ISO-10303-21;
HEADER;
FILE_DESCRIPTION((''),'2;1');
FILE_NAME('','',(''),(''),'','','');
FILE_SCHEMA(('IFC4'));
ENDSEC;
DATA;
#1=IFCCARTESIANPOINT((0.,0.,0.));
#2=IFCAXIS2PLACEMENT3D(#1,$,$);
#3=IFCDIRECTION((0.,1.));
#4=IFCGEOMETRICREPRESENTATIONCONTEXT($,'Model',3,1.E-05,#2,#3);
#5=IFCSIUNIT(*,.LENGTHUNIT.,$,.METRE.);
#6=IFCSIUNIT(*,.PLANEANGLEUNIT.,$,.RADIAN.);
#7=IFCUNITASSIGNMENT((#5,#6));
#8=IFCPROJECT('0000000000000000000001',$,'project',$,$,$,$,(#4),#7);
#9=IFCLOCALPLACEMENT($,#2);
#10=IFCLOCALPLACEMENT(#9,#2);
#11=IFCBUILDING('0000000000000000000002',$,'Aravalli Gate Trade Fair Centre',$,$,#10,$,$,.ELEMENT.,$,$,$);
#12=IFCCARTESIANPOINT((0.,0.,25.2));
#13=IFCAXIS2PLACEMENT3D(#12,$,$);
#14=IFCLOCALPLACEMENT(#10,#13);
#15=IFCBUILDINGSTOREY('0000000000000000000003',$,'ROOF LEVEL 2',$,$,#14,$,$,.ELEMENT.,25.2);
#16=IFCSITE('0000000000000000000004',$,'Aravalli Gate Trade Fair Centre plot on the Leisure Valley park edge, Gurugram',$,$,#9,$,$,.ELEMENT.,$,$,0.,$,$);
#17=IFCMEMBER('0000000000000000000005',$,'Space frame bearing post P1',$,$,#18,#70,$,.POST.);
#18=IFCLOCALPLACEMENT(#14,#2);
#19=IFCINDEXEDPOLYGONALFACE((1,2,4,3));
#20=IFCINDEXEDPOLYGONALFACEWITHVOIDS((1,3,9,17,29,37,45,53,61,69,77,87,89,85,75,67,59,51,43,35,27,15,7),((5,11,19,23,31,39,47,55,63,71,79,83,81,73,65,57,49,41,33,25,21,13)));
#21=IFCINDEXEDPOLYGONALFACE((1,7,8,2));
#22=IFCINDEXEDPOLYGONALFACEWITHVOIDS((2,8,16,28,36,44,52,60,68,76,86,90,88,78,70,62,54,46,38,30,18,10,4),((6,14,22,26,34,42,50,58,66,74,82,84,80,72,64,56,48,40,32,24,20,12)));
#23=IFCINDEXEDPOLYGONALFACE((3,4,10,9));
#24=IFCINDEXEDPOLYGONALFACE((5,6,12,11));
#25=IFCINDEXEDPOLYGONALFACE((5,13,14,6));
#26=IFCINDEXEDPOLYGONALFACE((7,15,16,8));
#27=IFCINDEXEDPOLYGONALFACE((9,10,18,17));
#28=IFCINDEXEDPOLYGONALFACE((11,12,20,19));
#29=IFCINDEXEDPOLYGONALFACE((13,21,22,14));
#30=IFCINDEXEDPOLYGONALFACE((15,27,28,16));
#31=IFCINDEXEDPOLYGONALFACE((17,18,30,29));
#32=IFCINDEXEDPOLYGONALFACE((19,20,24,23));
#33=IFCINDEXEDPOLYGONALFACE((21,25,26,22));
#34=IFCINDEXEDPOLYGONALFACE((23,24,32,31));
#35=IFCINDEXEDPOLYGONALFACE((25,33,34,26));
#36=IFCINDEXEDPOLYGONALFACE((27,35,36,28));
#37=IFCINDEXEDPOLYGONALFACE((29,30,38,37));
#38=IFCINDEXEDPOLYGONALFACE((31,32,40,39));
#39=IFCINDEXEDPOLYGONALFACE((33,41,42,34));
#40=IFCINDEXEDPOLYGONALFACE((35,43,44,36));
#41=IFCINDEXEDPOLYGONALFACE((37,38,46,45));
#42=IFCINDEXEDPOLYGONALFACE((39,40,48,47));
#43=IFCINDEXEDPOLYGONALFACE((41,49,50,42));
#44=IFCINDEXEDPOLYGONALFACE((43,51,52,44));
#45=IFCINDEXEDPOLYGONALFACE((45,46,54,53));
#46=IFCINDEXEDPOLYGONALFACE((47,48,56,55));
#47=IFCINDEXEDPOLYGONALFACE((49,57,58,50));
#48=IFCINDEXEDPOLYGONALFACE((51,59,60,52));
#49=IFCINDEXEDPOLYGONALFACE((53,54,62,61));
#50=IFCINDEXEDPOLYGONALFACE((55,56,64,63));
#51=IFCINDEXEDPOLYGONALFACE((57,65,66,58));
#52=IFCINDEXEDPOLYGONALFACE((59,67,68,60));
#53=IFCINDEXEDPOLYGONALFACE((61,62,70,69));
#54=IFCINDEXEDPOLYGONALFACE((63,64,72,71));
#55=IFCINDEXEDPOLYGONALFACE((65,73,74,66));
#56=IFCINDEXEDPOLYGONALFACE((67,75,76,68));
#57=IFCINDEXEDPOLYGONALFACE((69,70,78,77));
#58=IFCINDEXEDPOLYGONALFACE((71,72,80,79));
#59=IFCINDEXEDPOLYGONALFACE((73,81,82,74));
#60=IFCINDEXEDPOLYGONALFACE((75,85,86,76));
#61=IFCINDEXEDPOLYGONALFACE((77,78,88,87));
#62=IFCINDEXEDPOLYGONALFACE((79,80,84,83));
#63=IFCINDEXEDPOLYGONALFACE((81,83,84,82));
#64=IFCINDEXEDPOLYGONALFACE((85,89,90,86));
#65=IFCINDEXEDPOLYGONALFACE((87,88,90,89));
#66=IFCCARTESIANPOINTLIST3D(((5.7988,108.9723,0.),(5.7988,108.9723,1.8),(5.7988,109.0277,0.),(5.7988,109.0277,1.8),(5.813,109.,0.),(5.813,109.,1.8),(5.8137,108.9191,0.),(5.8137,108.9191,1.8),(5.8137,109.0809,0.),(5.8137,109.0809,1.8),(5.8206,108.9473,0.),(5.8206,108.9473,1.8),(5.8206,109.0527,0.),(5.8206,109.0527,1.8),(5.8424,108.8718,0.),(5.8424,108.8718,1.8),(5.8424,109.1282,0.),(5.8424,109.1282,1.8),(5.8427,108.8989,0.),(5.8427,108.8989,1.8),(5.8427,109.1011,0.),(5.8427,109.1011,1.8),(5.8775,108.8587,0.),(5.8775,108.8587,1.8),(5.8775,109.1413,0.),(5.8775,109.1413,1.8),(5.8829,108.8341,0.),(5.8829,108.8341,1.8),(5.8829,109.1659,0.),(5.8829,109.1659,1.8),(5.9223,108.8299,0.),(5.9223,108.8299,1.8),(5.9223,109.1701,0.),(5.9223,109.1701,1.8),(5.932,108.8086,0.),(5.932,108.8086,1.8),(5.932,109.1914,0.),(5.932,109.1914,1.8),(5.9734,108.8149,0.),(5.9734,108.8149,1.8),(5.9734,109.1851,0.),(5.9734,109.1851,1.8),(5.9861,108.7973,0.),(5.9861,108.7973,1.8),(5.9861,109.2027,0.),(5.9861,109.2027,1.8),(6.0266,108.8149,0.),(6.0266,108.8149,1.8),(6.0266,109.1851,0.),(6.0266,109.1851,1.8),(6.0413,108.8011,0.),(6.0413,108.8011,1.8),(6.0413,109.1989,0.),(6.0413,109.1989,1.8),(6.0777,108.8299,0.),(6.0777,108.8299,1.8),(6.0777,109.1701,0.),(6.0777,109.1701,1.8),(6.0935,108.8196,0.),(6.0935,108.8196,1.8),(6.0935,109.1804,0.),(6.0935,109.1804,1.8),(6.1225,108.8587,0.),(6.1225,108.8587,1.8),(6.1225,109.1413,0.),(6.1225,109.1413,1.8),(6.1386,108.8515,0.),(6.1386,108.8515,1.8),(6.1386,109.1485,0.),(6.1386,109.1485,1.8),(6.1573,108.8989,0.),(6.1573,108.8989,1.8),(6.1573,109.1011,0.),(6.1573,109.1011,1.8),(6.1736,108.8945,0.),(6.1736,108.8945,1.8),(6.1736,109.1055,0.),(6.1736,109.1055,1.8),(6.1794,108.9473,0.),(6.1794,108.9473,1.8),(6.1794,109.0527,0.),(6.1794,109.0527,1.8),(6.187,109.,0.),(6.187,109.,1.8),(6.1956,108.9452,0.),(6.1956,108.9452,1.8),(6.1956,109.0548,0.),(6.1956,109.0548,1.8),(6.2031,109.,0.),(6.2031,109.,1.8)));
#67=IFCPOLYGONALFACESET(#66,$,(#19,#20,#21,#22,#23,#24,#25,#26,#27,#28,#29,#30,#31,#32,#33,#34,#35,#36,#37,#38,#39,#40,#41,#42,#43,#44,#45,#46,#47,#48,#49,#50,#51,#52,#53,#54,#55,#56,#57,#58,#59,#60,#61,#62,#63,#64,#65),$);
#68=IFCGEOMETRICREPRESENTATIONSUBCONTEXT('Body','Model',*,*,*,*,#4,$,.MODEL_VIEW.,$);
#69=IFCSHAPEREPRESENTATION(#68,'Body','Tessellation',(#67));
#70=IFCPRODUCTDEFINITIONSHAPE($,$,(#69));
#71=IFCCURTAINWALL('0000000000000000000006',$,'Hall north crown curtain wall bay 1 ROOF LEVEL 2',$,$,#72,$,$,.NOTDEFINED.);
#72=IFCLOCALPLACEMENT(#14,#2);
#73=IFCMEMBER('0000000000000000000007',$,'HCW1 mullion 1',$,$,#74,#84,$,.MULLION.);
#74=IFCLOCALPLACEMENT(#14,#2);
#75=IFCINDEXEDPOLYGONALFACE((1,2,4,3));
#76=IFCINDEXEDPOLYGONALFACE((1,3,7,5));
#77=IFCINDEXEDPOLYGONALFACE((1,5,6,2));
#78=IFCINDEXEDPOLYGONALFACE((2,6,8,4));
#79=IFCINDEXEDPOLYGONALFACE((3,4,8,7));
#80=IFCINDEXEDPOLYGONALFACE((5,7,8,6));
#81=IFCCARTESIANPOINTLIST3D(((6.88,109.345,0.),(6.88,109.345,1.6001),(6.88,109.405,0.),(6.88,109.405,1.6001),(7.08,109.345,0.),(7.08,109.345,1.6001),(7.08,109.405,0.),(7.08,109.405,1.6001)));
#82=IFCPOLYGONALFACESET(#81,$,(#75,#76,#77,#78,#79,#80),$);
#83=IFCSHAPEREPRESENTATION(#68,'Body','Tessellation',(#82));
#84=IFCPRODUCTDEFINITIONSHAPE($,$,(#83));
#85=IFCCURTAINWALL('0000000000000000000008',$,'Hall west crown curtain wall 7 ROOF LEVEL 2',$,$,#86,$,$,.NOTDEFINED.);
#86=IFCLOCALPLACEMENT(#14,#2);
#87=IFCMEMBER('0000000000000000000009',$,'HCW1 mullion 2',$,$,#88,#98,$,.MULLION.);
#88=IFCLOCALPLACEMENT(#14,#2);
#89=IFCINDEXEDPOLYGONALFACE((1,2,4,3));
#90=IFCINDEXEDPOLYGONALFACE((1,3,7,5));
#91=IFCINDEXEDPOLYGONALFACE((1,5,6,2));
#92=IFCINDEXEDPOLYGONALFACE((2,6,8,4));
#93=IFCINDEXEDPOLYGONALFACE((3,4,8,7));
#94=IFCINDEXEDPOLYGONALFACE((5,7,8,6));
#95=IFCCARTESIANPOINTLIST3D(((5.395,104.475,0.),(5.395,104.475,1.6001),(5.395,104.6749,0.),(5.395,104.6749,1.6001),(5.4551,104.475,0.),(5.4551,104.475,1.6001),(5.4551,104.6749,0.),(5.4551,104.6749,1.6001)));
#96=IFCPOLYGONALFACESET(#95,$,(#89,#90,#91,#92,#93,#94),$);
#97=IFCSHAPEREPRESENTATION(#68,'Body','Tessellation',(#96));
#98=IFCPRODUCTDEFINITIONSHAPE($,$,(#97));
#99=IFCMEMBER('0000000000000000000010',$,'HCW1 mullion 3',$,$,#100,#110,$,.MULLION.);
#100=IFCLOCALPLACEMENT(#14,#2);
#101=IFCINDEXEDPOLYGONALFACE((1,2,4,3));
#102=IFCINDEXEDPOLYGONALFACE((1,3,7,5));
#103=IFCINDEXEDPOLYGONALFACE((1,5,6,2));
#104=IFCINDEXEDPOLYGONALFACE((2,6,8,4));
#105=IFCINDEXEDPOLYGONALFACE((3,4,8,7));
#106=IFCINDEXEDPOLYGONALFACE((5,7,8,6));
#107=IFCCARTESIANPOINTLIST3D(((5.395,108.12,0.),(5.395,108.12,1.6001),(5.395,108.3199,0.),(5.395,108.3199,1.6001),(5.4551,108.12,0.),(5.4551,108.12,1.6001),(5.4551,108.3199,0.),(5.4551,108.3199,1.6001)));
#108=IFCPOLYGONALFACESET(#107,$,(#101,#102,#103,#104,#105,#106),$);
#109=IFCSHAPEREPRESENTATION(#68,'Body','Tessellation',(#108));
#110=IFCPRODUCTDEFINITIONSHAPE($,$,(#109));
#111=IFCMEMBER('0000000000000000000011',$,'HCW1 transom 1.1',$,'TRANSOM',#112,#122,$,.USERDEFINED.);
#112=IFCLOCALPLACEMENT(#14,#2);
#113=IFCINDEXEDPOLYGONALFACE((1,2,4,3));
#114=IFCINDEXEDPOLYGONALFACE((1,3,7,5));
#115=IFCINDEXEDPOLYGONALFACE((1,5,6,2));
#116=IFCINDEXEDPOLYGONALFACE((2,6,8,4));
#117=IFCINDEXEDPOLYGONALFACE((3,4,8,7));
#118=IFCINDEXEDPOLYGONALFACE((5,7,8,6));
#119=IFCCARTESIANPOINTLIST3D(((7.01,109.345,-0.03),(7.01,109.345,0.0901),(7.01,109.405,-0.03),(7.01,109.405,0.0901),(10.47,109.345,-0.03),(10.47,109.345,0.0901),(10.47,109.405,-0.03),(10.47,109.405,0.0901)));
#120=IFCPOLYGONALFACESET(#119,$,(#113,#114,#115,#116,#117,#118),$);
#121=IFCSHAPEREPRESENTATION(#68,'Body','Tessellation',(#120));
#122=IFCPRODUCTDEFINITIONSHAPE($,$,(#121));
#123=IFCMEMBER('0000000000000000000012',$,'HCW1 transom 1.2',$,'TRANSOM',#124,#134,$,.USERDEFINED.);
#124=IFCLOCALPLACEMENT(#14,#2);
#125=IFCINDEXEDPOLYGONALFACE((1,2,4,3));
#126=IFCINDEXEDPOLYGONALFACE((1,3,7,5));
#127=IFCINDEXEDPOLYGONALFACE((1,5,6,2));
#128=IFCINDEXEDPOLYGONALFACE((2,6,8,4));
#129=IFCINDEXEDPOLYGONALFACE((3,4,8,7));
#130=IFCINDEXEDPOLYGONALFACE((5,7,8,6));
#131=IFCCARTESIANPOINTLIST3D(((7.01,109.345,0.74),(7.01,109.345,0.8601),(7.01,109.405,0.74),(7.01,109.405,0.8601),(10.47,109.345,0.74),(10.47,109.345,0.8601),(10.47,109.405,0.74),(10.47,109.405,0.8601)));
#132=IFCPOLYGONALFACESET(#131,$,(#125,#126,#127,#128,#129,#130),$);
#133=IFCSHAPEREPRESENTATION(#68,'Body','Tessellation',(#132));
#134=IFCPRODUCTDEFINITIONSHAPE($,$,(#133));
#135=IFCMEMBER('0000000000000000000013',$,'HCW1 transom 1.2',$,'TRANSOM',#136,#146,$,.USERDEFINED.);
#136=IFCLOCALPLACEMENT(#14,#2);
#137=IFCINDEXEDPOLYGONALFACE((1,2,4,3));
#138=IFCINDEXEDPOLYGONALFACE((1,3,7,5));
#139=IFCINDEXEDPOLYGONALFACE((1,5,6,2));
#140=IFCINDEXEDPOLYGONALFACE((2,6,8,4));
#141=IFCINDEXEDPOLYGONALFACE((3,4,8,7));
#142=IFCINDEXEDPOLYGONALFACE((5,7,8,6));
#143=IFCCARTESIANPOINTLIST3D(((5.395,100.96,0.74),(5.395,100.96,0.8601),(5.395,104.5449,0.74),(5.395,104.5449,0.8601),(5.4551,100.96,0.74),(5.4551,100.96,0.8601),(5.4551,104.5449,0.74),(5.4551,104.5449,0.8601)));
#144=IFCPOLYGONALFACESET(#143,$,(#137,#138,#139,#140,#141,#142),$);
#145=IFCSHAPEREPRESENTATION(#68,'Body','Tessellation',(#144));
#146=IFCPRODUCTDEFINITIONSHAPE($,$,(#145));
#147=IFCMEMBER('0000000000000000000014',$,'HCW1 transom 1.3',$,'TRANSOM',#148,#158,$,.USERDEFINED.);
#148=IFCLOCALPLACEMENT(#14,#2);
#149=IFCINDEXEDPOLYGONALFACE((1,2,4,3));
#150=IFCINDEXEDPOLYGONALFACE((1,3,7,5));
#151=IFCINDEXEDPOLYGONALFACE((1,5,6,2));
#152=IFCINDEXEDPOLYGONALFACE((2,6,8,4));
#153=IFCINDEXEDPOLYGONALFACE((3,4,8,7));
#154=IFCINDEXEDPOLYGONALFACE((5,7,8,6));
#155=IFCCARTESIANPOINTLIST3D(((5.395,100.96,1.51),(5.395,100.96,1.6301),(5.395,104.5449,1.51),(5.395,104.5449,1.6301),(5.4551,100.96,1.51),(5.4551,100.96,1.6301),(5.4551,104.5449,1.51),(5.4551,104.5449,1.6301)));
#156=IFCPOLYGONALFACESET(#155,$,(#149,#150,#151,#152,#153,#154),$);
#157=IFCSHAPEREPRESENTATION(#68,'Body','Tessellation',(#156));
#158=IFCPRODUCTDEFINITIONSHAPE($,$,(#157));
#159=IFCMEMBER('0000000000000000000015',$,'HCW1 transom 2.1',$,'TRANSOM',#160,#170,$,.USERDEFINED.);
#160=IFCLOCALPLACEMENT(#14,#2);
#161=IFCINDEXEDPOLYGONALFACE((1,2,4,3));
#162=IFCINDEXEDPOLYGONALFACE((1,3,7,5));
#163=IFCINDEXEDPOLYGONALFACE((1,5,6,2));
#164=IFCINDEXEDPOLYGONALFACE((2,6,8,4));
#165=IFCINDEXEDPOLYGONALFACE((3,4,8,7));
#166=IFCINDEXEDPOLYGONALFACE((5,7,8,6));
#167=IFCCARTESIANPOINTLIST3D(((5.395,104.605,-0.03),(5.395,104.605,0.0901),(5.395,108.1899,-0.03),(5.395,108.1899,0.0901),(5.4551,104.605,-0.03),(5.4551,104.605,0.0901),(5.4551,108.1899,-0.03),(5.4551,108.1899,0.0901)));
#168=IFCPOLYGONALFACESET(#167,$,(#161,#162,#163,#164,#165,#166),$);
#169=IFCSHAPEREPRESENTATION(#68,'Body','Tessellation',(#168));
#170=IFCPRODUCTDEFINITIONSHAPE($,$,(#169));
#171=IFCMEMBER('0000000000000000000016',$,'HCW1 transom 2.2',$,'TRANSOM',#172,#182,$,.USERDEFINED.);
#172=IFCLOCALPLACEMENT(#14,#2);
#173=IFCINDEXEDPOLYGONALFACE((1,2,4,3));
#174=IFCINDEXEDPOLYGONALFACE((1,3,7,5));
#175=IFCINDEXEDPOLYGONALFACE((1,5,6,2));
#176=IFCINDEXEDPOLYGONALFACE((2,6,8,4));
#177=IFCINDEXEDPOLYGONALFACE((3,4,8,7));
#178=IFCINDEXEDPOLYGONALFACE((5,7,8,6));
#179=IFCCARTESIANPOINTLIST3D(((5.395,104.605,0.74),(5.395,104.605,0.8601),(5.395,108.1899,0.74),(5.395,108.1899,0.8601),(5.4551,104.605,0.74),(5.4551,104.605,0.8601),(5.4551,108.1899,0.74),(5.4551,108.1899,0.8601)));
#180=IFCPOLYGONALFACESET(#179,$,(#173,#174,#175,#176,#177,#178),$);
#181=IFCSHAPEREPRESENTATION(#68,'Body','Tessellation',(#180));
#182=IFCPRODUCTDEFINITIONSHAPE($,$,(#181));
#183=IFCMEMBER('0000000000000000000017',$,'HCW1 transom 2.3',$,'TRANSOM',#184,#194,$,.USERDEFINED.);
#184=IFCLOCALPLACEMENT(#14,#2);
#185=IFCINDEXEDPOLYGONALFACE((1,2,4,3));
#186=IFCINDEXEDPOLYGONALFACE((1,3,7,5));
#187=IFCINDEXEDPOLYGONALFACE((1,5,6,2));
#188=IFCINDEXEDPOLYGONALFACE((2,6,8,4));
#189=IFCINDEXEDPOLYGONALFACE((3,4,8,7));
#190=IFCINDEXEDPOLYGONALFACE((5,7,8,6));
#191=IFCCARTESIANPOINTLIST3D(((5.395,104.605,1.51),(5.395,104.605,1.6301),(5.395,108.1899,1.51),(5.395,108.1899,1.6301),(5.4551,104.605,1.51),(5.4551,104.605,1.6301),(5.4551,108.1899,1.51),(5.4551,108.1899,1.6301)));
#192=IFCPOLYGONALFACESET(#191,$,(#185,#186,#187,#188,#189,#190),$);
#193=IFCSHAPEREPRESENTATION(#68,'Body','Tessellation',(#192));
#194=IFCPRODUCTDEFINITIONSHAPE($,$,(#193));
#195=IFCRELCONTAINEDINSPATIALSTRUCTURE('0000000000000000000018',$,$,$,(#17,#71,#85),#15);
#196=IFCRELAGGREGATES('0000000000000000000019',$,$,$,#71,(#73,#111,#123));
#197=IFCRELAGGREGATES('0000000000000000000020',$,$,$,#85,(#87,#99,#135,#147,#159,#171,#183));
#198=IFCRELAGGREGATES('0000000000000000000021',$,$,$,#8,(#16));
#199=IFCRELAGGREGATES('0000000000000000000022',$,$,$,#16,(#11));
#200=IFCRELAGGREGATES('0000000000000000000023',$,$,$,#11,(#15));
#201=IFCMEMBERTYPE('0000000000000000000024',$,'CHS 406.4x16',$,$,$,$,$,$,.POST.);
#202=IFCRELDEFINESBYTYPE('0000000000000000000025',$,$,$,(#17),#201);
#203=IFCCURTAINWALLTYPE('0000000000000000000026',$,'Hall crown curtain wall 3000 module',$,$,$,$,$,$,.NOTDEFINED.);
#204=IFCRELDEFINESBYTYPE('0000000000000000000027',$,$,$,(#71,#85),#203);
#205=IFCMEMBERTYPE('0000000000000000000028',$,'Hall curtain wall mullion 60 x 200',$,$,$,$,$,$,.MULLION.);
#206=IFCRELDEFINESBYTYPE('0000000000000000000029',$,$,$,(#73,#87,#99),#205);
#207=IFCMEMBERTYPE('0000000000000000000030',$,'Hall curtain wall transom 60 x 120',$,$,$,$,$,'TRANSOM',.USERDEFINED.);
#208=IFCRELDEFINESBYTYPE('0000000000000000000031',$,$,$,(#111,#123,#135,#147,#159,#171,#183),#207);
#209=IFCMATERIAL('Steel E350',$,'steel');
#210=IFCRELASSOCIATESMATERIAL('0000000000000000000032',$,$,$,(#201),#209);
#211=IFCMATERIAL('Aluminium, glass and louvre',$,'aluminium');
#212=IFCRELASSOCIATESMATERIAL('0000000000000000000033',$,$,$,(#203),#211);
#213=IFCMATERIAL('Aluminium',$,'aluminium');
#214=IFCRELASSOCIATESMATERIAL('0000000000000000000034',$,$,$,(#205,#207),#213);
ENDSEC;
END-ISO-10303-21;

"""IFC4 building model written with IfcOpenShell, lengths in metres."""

from ifc_helpers import new_model, si_unit, direction, frame, origin, origin_2d, place, context, subcontext, project, spatial, rectangle, hollow_circle, extrude, material, material_profile, profile_set, type_object, element, aggregate, save


model = new_model("IFC4")

# Units and contexts
model_context = context("Model", 3, precision=1e-05, world=origin(), true_north=direction((0.0, 1.0)))
body_context = subcontext(model_context, "Body", "Model", "MODEL_VIEW")
ifc_project = project(units=[si_unit("LENGTHUNIT", "METRE"), si_unit("PLANEANGLEUNIT", "RADIAN")], contexts=[model_context])

# Site, building, storey
site_placement = place(None, origin())
site = spatial("IfcSite", under=ifc_project, at=site_placement, Name="Aravalli Gate Trade Fair Centre plot on the Leisure Valley park edge, Gurugram", CompositionType="ELEMENT", RefElevation=0.0)
building_placement = place(site_placement, origin())
building = spatial("IfcBuilding", under=site, at=building_placement, Name="Aravalli Gate Trade Fair Centre", CompositionType="ELEMENT")
storey_placement = place(building_placement, frame((0.0, 0.0, 25.2)))
storey = spatial("IfcBuildingStorey", under=building, at=storey_placement, Name="ROOF LEVEL 2", CompositionType="ELEMENT", Elevation=25.2)

# Member
ifc_material_1 = material(Name="Steel E350", Category="steel")
ifc_material_profile_1 = material_profile(ifc_material_1, hollow_circle(Radius=0.2031, WallThickness=0.0161, at=origin_2d()), Name="CHS 406.4x16")
ifc_profile_set_1 = profile_set([ifc_material_profile_1], Name="Steel E350")
member_type_1 = type_object("IfcMemberType", Name="CHS 406.4x16", PredefinedType="POST", material=ifc_profile_set_1)
member_1_placement = place(storey_placement, frame((6.0, 109.0, 0.0), z_axis=(0.0, 0.0, 1.0), x_axis=(1.0, 0.0, 0.0)))
element("IfcMember", 1, at=member_1_placement, inside=storey, type_object=member_type_1, Name="Space frame bearing post P1", PredefinedType="POST", context=body_context, shape_type="SweptSolid", body=[
    extrude(hollow_circle(Radius=0.2031, WallThickness=0.0161, at=origin_2d()), origin(), (0.0, 0.0, 1.0), 1.8),
])

# Curtain wall, member
ifc_material_2 = material(Name="Aluminium, glass and louvre", Category="aluminium")
curtain_wall_type = type_object("IfcCurtainWallType", Name="Hall crown curtain wall 3000 module", PredefinedType="NOTDEFINED", material=ifc_material_2)
curtain_wall_1_placement = place(storey_placement, origin())
curtain_wall_1 = element("IfcCurtainWall", 2, at=curtain_wall_1_placement, inside=storey, type_object=curtain_wall_type, Name="Hall north crown curtain wall bay 1 ROOF LEVEL 2", PredefinedType="NOTDEFINED")
ifc_material_3 = material(Name="Aluminium", Category="aluminium")
ifc_material_profile_2 = material_profile(ifc_material_3, rectangle(XDim=0.0601, YDim=0.2, at=origin_2d()), Name="Hall curtain wall mullion 60 x 200")
ifc_profile_set_2 = profile_set([ifc_material_profile_2], Name="Aluminium")
member_type_2 = type_object("IfcMemberType", Name="Hall curtain wall mullion 60 x 200", PredefinedType="MULLION", material=ifc_profile_set_2)
member_2_placement = place(storey_placement, frame((6.98, 109.375, 0.0), z_axis=(0.0, 0.0, 1.0), x_axis=(0.0, 1.0, 0.0)))
member_2 = element("IfcMember", 3, at=member_2_placement, type_object=member_type_2, Name="HCW1 mullion 1", PredefinedType="MULLION", context=body_context, shape_type="SweptSolid", body=[
    extrude(rectangle(XDim=0.0601, YDim=0.2, at=origin_2d()), origin(), (0.0, 0.0, 1.0), 1.6001),
])

# Curtain wall, members
curtain_wall_2_placement = place(storey_placement, origin())
curtain_wall_2 = element("IfcCurtainWall", 4, at=curtain_wall_2_placement, inside=storey, type_object=curtain_wall_type, Name="Hall west crown curtain wall 7 ROOF LEVEL 2", PredefinedType="NOTDEFINED")
member_3_placement = place(storey_placement, frame((5.425, 104.575, 0.0), z_axis=(0.0, 0.0, 1.0), x_axis=(-1.0, 0.0, 0.0)))
member_3 = element("IfcMember", 5, at=member_3_placement, type_object=member_type_2, Name="HCW1 mullion 2", PredefinedType="MULLION", context=body_context, shape_type="SweptSolid", body=[
    extrude(rectangle(XDim=0.0601, YDim=0.2, at=origin_2d()), origin(), (0.0, 0.0, 1.0), 1.6001),
])
member_4_placement = place(storey_placement, frame((5.425, 108.22, 0.0), z_axis=(0.0, 0.0, 1.0), x_axis=(-1.0, 0.0, 0.0)))
member_4 = element("IfcMember", 6, at=member_4_placement, type_object=member_type_2, Name="HCW1 mullion 3", PredefinedType="MULLION", context=body_context, shape_type="SweptSolid", body=[
    extrude(rectangle(XDim=0.0601, YDim=0.2, at=origin_2d()), origin(), (0.0, 0.0, 1.0), 1.6001),
])

# Members
ifc_material_profile_3 = material_profile(ifc_material_3, rectangle(XDim=0.0601, YDim=0.1201, at=origin_2d()), Name="Hall curtain wall transom 60 x 120")
ifc_profile_set_3 = profile_set([ifc_material_profile_3], Name="Aluminium")
member_type_3 = type_object("IfcMemberType", Name="Hall curtain wall transom 60 x 120", ElementType="TRANSOM", PredefinedType="USERDEFINED", material=ifc_profile_set_3)
member_5_placement = place(storey_placement, frame((7.01, 109.375, 0.03), z_axis=(1.0, 0.0, 0.0), x_axis=(0.0, 1.0, 0.0)))
member_5 = element("IfcMember", 7, at=member_5_placement, type_object=member_type_3, Name="HCW1 transom 1.1", ObjectType="TRANSOM", PredefinedType="USERDEFINED", context=body_context, shape_type="SweptSolid", body=[
    extrude(rectangle(XDim=0.0601, YDim=0.1201, at=origin_2d()), origin(), (0.0, 0.0, 1.0), 3.46),
])
member_6_placement = place(storey_placement, frame((7.01, 109.375, 0.8), z_axis=(1.0, 0.0, 0.0), x_axis=(0.0, 1.0, 0.0)))
member_6 = element("IfcMember", 8, at=member_6_placement, type_object=member_type_3, Name="HCW1 transom 1.2", ObjectType="TRANSOM", PredefinedType="USERDEFINED", context=body_context, shape_type="SweptSolid", body=[
    extrude(rectangle(XDim=0.0601, YDim=0.1201, at=origin_2d()), origin(), (0.0, 0.0, 1.0), 3.46),
])
aggregate(curtain_wall_1, [member_2, member_5, member_6])
member_7_placement = place(storey_placement, frame((5.425, 100.96, 0.8), z_axis=(0.0, 1.0, 0.0), x_axis=(-1.0, 0.0, 0.0)))
member_7 = element("IfcMember", 9, at=member_7_placement, type_object=member_type_3, Name="HCW1 transom 1.2", ObjectType="TRANSOM", PredefinedType="USERDEFINED", context=body_context, shape_type="SweptSolid", body=[
    extrude(rectangle(XDim=0.0601, YDim=0.1201, at=origin_2d()), origin(), (0.0, 0.0, 1.0), 3.585),
])
member_8_placement = place(storey_placement, frame((5.425, 100.96, 1.5701), z_axis=(0.0, 1.0, 0.0), x_axis=(-1.0, 0.0, 0.0)))
member_8 = element("IfcMember", 10, at=member_8_placement, type_object=member_type_3, Name="HCW1 transom 1.3", ObjectType="TRANSOM", PredefinedType="USERDEFINED", context=body_context, shape_type="SweptSolid", body=[
    extrude(rectangle(XDim=0.0601, YDim=0.1201, at=origin_2d()), origin(), (0.0, 0.0, 1.0), 3.585),
])
member_9_placement = place(storey_placement, frame((5.425, 104.605, 0.03), z_axis=(0.0, 1.0, 0.0), x_axis=(-1.0, 0.0, 0.0)))
member_9 = element("IfcMember", 11, at=member_9_placement, type_object=member_type_3, Name="HCW1 transom 2.1", ObjectType="TRANSOM", PredefinedType="USERDEFINED", context=body_context, shape_type="SweptSolid", body=[
    extrude(rectangle(XDim=0.0601, YDim=0.1201, at=origin_2d()), origin(), (0.0, 0.0, 1.0), 3.585),
])
member_10_placement = place(storey_placement, frame((5.425, 104.605, 0.8), z_axis=(0.0, 1.0, 0.0), x_axis=(-1.0, 0.0, 0.0)))
member_10 = element("IfcMember", 12, at=member_10_placement, type_object=member_type_3, Name="HCW1 transom 2.2", ObjectType="TRANSOM", PredefinedType="USERDEFINED", context=body_context, shape_type="SweptSolid", body=[
    extrude(rectangle(XDim=0.0601, YDim=0.1201, at=origin_2d()), origin(), (0.0, 0.0, 1.0), 3.585),
])
member_11_placement = place(storey_placement, frame((5.425, 104.605, 1.5701), z_axis=(0.0, 1.0, 0.0), x_axis=(-1.0, 0.0, 0.0)))
member_11 = element("IfcMember", 13, at=member_11_placement, type_object=member_type_3, Name="HCW1 transom 2.3", ObjectType="TRANSOM", PredefinedType="USERDEFINED", context=body_context, shape_type="SweptSolid", body=[
    extrude(rectangle(XDim=0.0601, YDim=0.1201, at=origin_2d()), origin(), (0.0, 0.0, 1.0), 3.585),
])

aggregate(curtain_wall_2, [member_3, member_4, member_7, member_8, member_9, member_10, member_11])

save(model, "model.ifc")
